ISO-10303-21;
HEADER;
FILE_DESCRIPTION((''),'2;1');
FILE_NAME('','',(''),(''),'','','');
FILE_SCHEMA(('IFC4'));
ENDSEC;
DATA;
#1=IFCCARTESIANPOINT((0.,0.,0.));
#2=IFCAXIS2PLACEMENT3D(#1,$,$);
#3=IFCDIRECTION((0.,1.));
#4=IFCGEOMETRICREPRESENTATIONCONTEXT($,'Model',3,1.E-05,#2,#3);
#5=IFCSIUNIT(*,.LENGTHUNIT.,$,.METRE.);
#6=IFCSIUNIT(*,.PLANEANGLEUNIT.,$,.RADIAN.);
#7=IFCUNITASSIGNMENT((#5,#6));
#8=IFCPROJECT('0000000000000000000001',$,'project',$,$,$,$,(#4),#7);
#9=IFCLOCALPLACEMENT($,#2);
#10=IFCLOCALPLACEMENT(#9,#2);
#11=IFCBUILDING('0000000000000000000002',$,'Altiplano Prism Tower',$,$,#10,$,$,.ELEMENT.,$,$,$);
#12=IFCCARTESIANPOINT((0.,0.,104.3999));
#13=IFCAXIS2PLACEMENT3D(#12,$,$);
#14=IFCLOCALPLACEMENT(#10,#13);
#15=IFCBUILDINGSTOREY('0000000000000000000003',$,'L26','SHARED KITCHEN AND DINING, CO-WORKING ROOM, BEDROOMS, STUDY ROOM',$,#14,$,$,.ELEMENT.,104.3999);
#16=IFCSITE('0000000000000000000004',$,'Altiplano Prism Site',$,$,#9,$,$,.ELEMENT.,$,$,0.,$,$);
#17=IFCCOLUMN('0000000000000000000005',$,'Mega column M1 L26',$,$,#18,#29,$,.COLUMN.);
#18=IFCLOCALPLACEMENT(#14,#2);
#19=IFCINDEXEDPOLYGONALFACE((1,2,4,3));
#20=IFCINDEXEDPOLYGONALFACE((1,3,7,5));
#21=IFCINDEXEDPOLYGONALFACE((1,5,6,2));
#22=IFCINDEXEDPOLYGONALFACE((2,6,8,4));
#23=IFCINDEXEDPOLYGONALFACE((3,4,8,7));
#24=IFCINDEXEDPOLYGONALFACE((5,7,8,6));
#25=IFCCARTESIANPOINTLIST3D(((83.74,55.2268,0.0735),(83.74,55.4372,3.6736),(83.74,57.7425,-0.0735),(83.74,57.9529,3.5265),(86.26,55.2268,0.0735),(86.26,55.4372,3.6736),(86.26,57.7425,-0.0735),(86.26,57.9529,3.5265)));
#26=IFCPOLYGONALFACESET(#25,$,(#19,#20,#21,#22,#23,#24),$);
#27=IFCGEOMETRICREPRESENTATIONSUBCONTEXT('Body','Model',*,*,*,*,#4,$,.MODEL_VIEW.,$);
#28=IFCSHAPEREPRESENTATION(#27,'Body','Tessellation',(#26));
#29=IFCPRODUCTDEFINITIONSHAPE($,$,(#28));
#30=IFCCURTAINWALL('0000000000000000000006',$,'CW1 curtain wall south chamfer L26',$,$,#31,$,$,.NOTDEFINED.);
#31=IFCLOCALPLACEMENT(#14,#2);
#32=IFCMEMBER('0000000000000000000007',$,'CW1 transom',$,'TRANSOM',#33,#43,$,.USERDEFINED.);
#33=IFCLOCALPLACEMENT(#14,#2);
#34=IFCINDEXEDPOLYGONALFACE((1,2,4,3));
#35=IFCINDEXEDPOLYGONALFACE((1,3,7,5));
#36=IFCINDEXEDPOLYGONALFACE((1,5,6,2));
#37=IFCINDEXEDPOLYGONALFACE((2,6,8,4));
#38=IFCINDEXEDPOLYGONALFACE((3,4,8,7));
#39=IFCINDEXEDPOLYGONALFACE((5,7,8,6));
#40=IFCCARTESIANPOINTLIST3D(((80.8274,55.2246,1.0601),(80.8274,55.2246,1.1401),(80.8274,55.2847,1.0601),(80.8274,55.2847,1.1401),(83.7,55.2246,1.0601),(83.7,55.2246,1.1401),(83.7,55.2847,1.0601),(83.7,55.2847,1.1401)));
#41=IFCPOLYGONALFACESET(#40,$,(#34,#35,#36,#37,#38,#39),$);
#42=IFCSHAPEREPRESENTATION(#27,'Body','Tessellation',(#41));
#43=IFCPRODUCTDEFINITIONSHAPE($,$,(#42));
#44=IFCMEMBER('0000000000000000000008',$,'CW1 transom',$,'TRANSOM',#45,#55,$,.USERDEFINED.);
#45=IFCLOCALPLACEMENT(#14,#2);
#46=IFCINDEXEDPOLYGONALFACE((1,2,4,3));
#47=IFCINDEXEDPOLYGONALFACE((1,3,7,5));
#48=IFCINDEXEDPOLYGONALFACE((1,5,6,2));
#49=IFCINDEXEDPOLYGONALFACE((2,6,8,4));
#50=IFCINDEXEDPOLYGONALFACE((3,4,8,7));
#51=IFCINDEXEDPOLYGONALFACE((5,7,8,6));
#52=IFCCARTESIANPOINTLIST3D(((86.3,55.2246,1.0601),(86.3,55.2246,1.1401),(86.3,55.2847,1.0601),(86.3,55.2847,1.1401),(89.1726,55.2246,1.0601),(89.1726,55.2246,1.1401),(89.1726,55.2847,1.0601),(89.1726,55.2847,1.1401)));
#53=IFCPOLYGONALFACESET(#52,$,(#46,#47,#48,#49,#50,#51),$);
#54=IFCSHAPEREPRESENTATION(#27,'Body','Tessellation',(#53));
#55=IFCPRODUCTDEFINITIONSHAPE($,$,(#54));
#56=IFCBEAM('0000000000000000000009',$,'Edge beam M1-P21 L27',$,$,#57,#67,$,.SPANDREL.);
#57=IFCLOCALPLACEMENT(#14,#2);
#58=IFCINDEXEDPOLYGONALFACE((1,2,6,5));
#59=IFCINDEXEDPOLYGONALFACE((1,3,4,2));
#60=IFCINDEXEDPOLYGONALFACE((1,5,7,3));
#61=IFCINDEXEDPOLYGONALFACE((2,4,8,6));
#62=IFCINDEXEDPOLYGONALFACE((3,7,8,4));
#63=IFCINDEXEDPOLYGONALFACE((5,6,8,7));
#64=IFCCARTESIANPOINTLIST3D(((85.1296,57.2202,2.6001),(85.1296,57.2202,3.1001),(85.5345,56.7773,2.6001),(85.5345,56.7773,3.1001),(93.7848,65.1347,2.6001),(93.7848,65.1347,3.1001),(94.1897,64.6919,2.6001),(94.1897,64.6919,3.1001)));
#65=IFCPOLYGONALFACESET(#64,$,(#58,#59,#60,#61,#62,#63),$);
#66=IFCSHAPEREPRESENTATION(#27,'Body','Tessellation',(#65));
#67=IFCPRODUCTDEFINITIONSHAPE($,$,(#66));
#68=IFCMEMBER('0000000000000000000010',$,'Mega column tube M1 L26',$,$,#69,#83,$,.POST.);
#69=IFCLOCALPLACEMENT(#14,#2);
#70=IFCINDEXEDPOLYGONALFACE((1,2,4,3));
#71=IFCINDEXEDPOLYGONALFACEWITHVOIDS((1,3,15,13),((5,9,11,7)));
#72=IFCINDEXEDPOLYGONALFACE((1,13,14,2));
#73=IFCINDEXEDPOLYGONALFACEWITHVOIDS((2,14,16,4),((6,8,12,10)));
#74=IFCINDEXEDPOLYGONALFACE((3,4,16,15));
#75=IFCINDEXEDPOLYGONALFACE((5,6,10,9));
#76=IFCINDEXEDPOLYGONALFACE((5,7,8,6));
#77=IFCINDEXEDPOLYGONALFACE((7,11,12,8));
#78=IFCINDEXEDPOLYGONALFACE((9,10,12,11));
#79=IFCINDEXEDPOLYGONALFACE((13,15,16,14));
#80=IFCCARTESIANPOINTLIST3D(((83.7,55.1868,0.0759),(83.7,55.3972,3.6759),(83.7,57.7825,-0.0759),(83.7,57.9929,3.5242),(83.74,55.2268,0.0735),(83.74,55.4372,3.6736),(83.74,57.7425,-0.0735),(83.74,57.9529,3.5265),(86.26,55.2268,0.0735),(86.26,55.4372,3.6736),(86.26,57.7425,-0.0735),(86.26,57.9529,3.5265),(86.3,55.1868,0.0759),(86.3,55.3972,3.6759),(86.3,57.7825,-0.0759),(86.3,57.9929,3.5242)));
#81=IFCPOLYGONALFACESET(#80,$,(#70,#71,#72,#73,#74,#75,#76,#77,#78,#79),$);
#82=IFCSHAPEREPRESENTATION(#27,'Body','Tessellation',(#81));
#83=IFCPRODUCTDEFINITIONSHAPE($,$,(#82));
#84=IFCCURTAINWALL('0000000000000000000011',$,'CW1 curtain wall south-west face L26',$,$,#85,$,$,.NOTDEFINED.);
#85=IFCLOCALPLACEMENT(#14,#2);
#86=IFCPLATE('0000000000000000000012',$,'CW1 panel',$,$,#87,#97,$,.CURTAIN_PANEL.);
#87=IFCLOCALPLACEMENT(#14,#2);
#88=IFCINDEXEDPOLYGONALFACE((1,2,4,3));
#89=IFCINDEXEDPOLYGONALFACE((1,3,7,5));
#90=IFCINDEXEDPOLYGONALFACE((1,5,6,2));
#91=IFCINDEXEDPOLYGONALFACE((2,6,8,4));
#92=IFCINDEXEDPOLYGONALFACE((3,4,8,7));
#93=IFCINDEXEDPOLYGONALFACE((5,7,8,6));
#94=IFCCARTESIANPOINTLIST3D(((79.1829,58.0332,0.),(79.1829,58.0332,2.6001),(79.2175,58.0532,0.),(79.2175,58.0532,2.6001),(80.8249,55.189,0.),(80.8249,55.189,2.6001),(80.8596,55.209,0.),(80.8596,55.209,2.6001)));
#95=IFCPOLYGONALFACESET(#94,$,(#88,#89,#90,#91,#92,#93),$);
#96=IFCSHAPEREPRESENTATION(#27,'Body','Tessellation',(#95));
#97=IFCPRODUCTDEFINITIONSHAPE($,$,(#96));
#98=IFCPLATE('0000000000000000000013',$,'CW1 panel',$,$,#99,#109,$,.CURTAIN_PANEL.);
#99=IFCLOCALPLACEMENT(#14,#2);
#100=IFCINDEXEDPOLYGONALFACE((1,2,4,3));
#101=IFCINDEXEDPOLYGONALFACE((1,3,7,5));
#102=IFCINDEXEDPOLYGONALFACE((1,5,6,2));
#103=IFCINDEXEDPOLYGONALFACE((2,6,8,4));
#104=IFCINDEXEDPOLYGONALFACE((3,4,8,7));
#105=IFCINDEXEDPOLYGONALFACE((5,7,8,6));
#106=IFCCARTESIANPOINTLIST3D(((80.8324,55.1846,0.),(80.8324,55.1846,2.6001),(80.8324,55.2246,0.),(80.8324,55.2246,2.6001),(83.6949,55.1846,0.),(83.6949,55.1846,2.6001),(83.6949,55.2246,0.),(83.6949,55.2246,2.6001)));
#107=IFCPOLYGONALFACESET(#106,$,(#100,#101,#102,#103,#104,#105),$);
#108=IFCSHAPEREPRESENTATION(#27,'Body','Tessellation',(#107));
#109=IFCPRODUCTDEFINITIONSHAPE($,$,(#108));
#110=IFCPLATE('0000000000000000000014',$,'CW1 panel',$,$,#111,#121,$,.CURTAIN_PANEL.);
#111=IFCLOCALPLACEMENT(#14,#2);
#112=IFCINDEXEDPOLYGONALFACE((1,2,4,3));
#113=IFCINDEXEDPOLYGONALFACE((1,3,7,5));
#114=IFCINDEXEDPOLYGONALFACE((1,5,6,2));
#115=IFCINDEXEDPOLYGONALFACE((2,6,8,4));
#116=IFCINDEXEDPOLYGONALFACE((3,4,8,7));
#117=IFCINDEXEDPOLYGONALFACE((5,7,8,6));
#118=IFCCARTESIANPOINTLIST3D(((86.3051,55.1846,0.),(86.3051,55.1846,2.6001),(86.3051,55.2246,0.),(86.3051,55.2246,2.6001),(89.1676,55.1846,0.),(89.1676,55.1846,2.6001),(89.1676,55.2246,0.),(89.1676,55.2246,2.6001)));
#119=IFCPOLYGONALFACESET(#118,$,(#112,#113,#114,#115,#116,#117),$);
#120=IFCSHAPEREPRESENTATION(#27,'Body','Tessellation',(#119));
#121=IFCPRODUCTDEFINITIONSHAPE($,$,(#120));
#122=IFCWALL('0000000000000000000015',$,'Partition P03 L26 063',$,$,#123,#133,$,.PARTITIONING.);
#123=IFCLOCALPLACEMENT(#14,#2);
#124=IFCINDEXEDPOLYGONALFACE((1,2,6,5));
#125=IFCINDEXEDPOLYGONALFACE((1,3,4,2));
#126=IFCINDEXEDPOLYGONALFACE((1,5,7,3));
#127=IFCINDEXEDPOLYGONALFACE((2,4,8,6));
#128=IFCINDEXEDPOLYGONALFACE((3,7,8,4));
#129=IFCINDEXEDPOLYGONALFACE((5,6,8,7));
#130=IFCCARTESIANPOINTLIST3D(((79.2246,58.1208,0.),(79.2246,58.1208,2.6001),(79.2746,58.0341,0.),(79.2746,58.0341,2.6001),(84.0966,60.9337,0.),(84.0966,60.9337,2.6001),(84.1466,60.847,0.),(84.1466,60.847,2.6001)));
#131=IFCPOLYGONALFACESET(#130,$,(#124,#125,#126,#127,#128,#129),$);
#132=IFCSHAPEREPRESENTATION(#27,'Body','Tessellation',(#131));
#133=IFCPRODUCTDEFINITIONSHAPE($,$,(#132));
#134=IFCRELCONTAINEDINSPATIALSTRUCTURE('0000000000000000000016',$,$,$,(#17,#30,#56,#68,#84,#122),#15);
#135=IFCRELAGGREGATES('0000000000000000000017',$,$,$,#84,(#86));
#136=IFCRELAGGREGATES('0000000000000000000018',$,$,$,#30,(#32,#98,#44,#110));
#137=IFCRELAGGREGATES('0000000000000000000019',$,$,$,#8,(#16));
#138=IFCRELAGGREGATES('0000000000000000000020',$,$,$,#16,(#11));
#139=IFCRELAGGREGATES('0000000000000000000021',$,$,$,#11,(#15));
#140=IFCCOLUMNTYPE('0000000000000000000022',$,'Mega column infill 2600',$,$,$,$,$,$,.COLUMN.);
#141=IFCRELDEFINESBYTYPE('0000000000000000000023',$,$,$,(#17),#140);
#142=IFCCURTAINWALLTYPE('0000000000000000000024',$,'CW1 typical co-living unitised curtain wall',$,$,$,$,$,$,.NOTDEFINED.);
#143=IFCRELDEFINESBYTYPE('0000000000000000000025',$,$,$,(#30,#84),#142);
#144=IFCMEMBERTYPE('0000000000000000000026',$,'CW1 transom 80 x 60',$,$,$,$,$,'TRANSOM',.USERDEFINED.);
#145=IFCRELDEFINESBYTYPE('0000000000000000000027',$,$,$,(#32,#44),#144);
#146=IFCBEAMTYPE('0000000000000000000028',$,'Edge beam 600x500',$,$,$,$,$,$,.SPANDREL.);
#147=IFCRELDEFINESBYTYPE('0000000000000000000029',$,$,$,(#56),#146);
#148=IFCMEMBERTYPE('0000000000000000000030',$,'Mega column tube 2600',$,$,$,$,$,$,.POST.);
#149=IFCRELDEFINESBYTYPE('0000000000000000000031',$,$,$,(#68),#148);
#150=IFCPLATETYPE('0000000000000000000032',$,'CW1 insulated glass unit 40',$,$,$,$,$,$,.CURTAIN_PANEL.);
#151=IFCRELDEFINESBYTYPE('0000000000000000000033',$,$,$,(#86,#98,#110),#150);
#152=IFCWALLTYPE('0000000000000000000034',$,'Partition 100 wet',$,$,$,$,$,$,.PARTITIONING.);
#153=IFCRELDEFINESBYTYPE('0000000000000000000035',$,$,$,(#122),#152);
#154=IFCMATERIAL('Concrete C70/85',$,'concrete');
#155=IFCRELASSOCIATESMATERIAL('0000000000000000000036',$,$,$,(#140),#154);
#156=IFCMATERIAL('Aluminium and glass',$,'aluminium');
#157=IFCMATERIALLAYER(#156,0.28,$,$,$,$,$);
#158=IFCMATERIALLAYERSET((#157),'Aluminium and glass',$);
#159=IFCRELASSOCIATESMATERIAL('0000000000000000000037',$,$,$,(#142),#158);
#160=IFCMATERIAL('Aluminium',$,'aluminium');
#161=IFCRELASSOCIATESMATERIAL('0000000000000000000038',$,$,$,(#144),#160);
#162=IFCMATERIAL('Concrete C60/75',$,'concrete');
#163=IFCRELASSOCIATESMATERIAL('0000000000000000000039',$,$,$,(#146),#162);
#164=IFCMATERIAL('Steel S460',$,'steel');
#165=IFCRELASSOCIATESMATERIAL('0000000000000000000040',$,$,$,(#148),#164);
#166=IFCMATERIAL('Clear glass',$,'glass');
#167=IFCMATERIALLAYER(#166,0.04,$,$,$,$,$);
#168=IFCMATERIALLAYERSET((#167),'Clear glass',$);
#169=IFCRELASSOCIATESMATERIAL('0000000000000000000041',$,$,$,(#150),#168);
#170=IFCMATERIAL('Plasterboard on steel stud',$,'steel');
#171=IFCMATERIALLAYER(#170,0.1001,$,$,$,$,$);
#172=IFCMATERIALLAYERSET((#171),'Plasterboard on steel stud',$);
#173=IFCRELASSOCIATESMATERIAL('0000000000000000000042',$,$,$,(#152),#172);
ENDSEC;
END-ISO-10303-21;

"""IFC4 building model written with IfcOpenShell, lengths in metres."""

from ifc_helpers import new_model, si_unit, direction, frame, frame_2d, origin, origin_2d, place, context, subcontext, project, spatial, rectangle, hollow_rectangle, extrude, material, layer, layer_set, material_profile, profile_set, type_object, element, aggregate, save


model = new_model("IFC4")

# Units and contexts
model_context = context("Model", 3, precision=1e-05, world=origin(), true_north=direction((0.0, 1.0)))
body_context = subcontext(model_context, "Body", "Model", "MODEL_VIEW")
ifc_project = project(units=[si_unit("LENGTHUNIT", "METRE"), si_unit("PLANEANGLEUNIT", "RADIAN")], contexts=[model_context])

# Site, building, storey
site_placement = place(None, origin())
site = spatial("IfcSite", under=ifc_project, at=site_placement, Name="Altiplano Prism Site", CompositionType="ELEMENT", RefElevation=0.0)
building_placement = place(site_placement, origin())
building = spatial("IfcBuilding", under=site, at=building_placement, Name="Altiplano Prism Tower", CompositionType="ELEMENT")
storey_placement = place(building_placement, frame((0.0, 0.0, 104.3999)))
storey = spatial("IfcBuildingStorey", under=building, at=storey_placement, Name="L26", Description="SHARED KITCHEN AND DINING, CO-WORKING ROOM, BEDROOMS, STUDY ROOM", CompositionType="ELEMENT", Elevation=104.3999)

# Column
ifc_material_1 = material(Name="Concrete C70/85", Category="concrete")
ifc_material_profile_1 = material_profile(ifc_material_1, rectangle(XDim=2.52, YDim=2.52, at=origin_2d()), Name="Mega column infill 2600")
ifc_profile_set_1 = profile_set([ifc_material_profile_1], Name="Concrete C70/85")
column_type = type_object("IfcColumnType", Name="Mega column infill 2600", PredefinedType="COLUMN", material=ifc_profile_set_1)
column_placement = place(storey_placement, frame((85.0, 56.4846, 0.0), z_axis=(0.0, 0.058357, 0.998296), x_axis=(-1.0, 0.0, 0.0)))
element("IfcColumn", 1, at=column_placement, inside=storey, type_object=column_type, Name="Mega column M1 L26", PredefinedType="COLUMN", context=body_context, shape_type="SweptSolid", body=[
    extrude(rectangle(XDim=2.52, YDim=2.52, at=origin_2d()), origin(), (0.0, 0.0, 1.0), 3.6062),
])

# Curtain wall, members
ifc_material_2 = material(Name="Aluminium and glass", Category="aluminium")
ifc_layer_1 = layer(ifc_material_2, 0.28)
ifc_layer_set_1 = layer_set([ifc_layer_1], Name="Aluminium and glass")
curtain_wall_type = type_object("IfcCurtainWallType", Name="CW1 typical co-living unitised curtain wall", PredefinedType="NOTDEFINED", material=ifc_layer_set_1)
curtain_wall_1_placement = place(storey_placement, origin())
curtain_wall_1 = element("IfcCurtainWall", 2, at=curtain_wall_1_placement, inside=storey, type_object=curtain_wall_type, Name="CW1 curtain wall south chamfer L26", PredefinedType="NOTDEFINED")
ifc_material_3 = material(Name="Aluminium", Category="aluminium")
ifc_material_profile_2 = material_profile(ifc_material_3, rectangle(XDim=0.0601, YDim=0.0801, at=origin_2d()), Name="CW1 transom 80 x 60")
ifc_profile_set_2 = profile_set([ifc_material_profile_2], Name="Aluminium")
member_type_1 = type_object("IfcMemberType", Name="CW1 transom 80 x 60", ElementType="TRANSOM", PredefinedType="USERDEFINED", material=ifc_profile_set_2)
member_1_placement = place(storey_placement, frame((80.8274, 55.2546, 1.1001), z_axis=(1.0, 0.0, 0.0), x_axis=(0.0, 1.0, 0.0)))
member_1 = element("IfcMember", 3, at=member_1_placement, type_object=member_type_1, Name="CW1 transom", ObjectType="TRANSOM", PredefinedType="USERDEFINED", context=body_context, shape_type="SweptSolid", body=[
    extrude(rectangle(XDim=0.0601, YDim=0.0801, at=origin_2d()), origin(), (0.0, 0.0, 1.0), 2.8726),
])
member_2_placement = place(storey_placement, frame((86.3, 55.2546, 1.1001), z_axis=(1.0, 0.0, 0.0), x_axis=(0.0, 1.0, 0.0)))
member_2 = element("IfcMember", 4, at=member_2_placement, type_object=member_type_1, Name="CW1 transom", ObjectType="TRANSOM", PredefinedType="USERDEFINED", context=body_context, shape_type="SweptSolid", body=[
    extrude(rectangle(XDim=0.0601, YDim=0.0801, at=origin_2d()), origin(), (0.0, 0.0, 1.0), 2.8726),
])

# Beam
ifc_material_4 = material(Name="Concrete C60/75", Category="concrete")
ifc_material_profile_3 = material_profile(ifc_material_4, rectangle(XDim=0.6001, YDim=0.5, at=origin_2d()), Name="Edge beam 600x500")
ifc_profile_set_3 = profile_set([ifc_material_profile_3], Name="Concrete C60/75")
beam_type = type_object("IfcBeamType", Name="Edge beam 600x500", PredefinedType="SPANDREL", material=ifc_profile_set_3)
beam_placement = place(storey_placement, frame((85.332, 56.9988, 2.8501), z_axis=(0.73798, 0.674823, 0.0), x_axis=(-0.674823, 0.73798, 0.0)))
element("IfcBeam", 5, at=beam_placement, inside=storey, type_object=beam_type, Name="Edge beam M1-P21 L27", PredefinedType="SPANDREL", context=body_context, shape_type="SweptSolid", body=[
    extrude(rectangle(XDim=0.6001, YDim=0.5, at=origin_2d()), origin(), (0.0, 0.0, 1.0), 11.7283),
])

# Member
ifc_material_5 = material(Name="Steel S460", Category="steel")
ifc_material_profile_4 = material_profile(ifc_material_5, hollow_rectangle(XDim=2.6001, YDim=2.6001, WallThickness=0.04, at=origin_2d()), Name="Mega column tube 2600")
ifc_profile_set_4 = profile_set([ifc_material_profile_4], Name="Steel S460")
member_type_2 = type_object("IfcMemberType", Name="Mega column tube 2600", PredefinedType="POST", material=ifc_profile_set_4)
member_3_placement = place(storey_placement, frame((85.0, 56.4846, 0.0), z_axis=(0.0, 0.058357, 0.998296), x_axis=(-1.0, 0.0, 0.0)))
element("IfcMember", 6, at=member_3_placement, inside=storey, type_object=member_type_2, Name="Mega column tube M1 L26", PredefinedType="POST", context=body_context, shape_type="SweptSolid", body=[
    extrude(hollow_rectangle(XDim=2.6001, YDim=2.6001, WallThickness=0.04, at=origin_2d()), origin(), (0.0, 0.0, 1.0), 3.6062),
])

# Curtain wall, plate
curtain_wall_2_placement = place(storey_placement, origin())
curtain_wall_2 = element("IfcCurtainWall", 7, at=curtain_wall_2_placement, inside=storey, type_object=curtain_wall_type, Name="CW1 curtain wall south-west face L26", PredefinedType="NOTDEFINED")
ifc_material_6 = material(Name="Clear glass", Category="glass")
ifc_layer_2 = layer(ifc_material_6, 0.04)
ifc_layer_set_2 = layer_set([ifc_layer_2], Name="Clear glass")
plate_type = type_object("IfcPlateType", Name="CW1 insulated glass unit 40", PredefinedType="CURTAIN_PANEL", material=ifc_layer_set_2)
plate_1_placement = place(storey_placement, frame((80.0212, 56.6211, 0.0), z_axis=(0.0, 0.0, 1.0), x_axis=(0.5, -0.866025, 0.0)))
plate_1 = element("IfcPlate", 8, at=plate_1_placement, type_object=plate_type, Name="CW1 panel", PredefinedType="CURTAIN_PANEL", context=body_context, shape_type="SweptSolid", body=[
    extrude(rectangle(XDim=3.2842, YDim=0.04, at=origin_2d()), origin(), (0.0, 0.0, 1.0), 2.6001),
])
aggregate(curtain_wall_2, [plate_1])

# Plates
plate_2_placement = place(storey_placement, frame((82.2637, 55.2046, 0.0), z_axis=(0.0, 0.0, 1.0), x_axis=(1.0, 0.0, 0.0)))
plate_2 = element("IfcPlate", 9, at=plate_2_placement, type_object=plate_type, Name="CW1 panel", PredefinedType="CURTAIN_PANEL", context=body_context, shape_type="SweptSolid", body=[
    extrude(rectangle(XDim=2.8625, YDim=0.04, at=origin_2d()), origin(), (0.0, 0.0, 1.0), 2.6001),
])
plate_3_placement = place(storey_placement, frame((87.7363, 55.2046, 0.0), z_axis=(0.0, 0.0, 1.0), x_axis=(1.0, 0.0, 0.0)))
plate_3 = element("IfcPlate", 10, at=plate_3_placement, type_object=plate_type, Name="CW1 panel", PredefinedType="CURTAIN_PANEL", context=body_context, shape_type="SweptSolid", body=[
    extrude(rectangle(XDim=2.8625, YDim=0.04, at=origin_2d()), origin(), (0.0, 0.0, 1.0), 2.6001),
])
aggregate(curtain_wall_1, [member_1, plate_2, member_2, plate_3])

# Wall
ifc_material_7 = material(Name="Plasterboard on steel stud", Category="steel")
ifc_layer_3 = layer(ifc_material_7, 0.1001)
ifc_layer_set_3 = layer_set([ifc_layer_3], Name="Plasterboard on steel stud")
wall_type = type_object("IfcWallType", Name="Partition 100 wet", PredefinedType="PARTITIONING", material=ifc_layer_set_3)
wall_placement = place(storey_placement, frame((79.2495, 58.0774, 0.0), z_axis=(0.0, 0.0, 1.0), x_axis=(0.866018, 0.500013, 0.0)))
element("IfcWall", 11, at=wall_placement, inside=storey, type_object=wall_type, Name="Partition P03 L26 063", PredefinedType="PARTITIONING", context=body_context, shape_type="SweptSolid", body=[
    extrude(rectangle(XDim=5.6257, YDim=0.1001, at=frame_2d((2.813, 0.0))), origin(), (0.0, 0.0, 1.0), 2.6001),
])

save(model, "model.ifc")
